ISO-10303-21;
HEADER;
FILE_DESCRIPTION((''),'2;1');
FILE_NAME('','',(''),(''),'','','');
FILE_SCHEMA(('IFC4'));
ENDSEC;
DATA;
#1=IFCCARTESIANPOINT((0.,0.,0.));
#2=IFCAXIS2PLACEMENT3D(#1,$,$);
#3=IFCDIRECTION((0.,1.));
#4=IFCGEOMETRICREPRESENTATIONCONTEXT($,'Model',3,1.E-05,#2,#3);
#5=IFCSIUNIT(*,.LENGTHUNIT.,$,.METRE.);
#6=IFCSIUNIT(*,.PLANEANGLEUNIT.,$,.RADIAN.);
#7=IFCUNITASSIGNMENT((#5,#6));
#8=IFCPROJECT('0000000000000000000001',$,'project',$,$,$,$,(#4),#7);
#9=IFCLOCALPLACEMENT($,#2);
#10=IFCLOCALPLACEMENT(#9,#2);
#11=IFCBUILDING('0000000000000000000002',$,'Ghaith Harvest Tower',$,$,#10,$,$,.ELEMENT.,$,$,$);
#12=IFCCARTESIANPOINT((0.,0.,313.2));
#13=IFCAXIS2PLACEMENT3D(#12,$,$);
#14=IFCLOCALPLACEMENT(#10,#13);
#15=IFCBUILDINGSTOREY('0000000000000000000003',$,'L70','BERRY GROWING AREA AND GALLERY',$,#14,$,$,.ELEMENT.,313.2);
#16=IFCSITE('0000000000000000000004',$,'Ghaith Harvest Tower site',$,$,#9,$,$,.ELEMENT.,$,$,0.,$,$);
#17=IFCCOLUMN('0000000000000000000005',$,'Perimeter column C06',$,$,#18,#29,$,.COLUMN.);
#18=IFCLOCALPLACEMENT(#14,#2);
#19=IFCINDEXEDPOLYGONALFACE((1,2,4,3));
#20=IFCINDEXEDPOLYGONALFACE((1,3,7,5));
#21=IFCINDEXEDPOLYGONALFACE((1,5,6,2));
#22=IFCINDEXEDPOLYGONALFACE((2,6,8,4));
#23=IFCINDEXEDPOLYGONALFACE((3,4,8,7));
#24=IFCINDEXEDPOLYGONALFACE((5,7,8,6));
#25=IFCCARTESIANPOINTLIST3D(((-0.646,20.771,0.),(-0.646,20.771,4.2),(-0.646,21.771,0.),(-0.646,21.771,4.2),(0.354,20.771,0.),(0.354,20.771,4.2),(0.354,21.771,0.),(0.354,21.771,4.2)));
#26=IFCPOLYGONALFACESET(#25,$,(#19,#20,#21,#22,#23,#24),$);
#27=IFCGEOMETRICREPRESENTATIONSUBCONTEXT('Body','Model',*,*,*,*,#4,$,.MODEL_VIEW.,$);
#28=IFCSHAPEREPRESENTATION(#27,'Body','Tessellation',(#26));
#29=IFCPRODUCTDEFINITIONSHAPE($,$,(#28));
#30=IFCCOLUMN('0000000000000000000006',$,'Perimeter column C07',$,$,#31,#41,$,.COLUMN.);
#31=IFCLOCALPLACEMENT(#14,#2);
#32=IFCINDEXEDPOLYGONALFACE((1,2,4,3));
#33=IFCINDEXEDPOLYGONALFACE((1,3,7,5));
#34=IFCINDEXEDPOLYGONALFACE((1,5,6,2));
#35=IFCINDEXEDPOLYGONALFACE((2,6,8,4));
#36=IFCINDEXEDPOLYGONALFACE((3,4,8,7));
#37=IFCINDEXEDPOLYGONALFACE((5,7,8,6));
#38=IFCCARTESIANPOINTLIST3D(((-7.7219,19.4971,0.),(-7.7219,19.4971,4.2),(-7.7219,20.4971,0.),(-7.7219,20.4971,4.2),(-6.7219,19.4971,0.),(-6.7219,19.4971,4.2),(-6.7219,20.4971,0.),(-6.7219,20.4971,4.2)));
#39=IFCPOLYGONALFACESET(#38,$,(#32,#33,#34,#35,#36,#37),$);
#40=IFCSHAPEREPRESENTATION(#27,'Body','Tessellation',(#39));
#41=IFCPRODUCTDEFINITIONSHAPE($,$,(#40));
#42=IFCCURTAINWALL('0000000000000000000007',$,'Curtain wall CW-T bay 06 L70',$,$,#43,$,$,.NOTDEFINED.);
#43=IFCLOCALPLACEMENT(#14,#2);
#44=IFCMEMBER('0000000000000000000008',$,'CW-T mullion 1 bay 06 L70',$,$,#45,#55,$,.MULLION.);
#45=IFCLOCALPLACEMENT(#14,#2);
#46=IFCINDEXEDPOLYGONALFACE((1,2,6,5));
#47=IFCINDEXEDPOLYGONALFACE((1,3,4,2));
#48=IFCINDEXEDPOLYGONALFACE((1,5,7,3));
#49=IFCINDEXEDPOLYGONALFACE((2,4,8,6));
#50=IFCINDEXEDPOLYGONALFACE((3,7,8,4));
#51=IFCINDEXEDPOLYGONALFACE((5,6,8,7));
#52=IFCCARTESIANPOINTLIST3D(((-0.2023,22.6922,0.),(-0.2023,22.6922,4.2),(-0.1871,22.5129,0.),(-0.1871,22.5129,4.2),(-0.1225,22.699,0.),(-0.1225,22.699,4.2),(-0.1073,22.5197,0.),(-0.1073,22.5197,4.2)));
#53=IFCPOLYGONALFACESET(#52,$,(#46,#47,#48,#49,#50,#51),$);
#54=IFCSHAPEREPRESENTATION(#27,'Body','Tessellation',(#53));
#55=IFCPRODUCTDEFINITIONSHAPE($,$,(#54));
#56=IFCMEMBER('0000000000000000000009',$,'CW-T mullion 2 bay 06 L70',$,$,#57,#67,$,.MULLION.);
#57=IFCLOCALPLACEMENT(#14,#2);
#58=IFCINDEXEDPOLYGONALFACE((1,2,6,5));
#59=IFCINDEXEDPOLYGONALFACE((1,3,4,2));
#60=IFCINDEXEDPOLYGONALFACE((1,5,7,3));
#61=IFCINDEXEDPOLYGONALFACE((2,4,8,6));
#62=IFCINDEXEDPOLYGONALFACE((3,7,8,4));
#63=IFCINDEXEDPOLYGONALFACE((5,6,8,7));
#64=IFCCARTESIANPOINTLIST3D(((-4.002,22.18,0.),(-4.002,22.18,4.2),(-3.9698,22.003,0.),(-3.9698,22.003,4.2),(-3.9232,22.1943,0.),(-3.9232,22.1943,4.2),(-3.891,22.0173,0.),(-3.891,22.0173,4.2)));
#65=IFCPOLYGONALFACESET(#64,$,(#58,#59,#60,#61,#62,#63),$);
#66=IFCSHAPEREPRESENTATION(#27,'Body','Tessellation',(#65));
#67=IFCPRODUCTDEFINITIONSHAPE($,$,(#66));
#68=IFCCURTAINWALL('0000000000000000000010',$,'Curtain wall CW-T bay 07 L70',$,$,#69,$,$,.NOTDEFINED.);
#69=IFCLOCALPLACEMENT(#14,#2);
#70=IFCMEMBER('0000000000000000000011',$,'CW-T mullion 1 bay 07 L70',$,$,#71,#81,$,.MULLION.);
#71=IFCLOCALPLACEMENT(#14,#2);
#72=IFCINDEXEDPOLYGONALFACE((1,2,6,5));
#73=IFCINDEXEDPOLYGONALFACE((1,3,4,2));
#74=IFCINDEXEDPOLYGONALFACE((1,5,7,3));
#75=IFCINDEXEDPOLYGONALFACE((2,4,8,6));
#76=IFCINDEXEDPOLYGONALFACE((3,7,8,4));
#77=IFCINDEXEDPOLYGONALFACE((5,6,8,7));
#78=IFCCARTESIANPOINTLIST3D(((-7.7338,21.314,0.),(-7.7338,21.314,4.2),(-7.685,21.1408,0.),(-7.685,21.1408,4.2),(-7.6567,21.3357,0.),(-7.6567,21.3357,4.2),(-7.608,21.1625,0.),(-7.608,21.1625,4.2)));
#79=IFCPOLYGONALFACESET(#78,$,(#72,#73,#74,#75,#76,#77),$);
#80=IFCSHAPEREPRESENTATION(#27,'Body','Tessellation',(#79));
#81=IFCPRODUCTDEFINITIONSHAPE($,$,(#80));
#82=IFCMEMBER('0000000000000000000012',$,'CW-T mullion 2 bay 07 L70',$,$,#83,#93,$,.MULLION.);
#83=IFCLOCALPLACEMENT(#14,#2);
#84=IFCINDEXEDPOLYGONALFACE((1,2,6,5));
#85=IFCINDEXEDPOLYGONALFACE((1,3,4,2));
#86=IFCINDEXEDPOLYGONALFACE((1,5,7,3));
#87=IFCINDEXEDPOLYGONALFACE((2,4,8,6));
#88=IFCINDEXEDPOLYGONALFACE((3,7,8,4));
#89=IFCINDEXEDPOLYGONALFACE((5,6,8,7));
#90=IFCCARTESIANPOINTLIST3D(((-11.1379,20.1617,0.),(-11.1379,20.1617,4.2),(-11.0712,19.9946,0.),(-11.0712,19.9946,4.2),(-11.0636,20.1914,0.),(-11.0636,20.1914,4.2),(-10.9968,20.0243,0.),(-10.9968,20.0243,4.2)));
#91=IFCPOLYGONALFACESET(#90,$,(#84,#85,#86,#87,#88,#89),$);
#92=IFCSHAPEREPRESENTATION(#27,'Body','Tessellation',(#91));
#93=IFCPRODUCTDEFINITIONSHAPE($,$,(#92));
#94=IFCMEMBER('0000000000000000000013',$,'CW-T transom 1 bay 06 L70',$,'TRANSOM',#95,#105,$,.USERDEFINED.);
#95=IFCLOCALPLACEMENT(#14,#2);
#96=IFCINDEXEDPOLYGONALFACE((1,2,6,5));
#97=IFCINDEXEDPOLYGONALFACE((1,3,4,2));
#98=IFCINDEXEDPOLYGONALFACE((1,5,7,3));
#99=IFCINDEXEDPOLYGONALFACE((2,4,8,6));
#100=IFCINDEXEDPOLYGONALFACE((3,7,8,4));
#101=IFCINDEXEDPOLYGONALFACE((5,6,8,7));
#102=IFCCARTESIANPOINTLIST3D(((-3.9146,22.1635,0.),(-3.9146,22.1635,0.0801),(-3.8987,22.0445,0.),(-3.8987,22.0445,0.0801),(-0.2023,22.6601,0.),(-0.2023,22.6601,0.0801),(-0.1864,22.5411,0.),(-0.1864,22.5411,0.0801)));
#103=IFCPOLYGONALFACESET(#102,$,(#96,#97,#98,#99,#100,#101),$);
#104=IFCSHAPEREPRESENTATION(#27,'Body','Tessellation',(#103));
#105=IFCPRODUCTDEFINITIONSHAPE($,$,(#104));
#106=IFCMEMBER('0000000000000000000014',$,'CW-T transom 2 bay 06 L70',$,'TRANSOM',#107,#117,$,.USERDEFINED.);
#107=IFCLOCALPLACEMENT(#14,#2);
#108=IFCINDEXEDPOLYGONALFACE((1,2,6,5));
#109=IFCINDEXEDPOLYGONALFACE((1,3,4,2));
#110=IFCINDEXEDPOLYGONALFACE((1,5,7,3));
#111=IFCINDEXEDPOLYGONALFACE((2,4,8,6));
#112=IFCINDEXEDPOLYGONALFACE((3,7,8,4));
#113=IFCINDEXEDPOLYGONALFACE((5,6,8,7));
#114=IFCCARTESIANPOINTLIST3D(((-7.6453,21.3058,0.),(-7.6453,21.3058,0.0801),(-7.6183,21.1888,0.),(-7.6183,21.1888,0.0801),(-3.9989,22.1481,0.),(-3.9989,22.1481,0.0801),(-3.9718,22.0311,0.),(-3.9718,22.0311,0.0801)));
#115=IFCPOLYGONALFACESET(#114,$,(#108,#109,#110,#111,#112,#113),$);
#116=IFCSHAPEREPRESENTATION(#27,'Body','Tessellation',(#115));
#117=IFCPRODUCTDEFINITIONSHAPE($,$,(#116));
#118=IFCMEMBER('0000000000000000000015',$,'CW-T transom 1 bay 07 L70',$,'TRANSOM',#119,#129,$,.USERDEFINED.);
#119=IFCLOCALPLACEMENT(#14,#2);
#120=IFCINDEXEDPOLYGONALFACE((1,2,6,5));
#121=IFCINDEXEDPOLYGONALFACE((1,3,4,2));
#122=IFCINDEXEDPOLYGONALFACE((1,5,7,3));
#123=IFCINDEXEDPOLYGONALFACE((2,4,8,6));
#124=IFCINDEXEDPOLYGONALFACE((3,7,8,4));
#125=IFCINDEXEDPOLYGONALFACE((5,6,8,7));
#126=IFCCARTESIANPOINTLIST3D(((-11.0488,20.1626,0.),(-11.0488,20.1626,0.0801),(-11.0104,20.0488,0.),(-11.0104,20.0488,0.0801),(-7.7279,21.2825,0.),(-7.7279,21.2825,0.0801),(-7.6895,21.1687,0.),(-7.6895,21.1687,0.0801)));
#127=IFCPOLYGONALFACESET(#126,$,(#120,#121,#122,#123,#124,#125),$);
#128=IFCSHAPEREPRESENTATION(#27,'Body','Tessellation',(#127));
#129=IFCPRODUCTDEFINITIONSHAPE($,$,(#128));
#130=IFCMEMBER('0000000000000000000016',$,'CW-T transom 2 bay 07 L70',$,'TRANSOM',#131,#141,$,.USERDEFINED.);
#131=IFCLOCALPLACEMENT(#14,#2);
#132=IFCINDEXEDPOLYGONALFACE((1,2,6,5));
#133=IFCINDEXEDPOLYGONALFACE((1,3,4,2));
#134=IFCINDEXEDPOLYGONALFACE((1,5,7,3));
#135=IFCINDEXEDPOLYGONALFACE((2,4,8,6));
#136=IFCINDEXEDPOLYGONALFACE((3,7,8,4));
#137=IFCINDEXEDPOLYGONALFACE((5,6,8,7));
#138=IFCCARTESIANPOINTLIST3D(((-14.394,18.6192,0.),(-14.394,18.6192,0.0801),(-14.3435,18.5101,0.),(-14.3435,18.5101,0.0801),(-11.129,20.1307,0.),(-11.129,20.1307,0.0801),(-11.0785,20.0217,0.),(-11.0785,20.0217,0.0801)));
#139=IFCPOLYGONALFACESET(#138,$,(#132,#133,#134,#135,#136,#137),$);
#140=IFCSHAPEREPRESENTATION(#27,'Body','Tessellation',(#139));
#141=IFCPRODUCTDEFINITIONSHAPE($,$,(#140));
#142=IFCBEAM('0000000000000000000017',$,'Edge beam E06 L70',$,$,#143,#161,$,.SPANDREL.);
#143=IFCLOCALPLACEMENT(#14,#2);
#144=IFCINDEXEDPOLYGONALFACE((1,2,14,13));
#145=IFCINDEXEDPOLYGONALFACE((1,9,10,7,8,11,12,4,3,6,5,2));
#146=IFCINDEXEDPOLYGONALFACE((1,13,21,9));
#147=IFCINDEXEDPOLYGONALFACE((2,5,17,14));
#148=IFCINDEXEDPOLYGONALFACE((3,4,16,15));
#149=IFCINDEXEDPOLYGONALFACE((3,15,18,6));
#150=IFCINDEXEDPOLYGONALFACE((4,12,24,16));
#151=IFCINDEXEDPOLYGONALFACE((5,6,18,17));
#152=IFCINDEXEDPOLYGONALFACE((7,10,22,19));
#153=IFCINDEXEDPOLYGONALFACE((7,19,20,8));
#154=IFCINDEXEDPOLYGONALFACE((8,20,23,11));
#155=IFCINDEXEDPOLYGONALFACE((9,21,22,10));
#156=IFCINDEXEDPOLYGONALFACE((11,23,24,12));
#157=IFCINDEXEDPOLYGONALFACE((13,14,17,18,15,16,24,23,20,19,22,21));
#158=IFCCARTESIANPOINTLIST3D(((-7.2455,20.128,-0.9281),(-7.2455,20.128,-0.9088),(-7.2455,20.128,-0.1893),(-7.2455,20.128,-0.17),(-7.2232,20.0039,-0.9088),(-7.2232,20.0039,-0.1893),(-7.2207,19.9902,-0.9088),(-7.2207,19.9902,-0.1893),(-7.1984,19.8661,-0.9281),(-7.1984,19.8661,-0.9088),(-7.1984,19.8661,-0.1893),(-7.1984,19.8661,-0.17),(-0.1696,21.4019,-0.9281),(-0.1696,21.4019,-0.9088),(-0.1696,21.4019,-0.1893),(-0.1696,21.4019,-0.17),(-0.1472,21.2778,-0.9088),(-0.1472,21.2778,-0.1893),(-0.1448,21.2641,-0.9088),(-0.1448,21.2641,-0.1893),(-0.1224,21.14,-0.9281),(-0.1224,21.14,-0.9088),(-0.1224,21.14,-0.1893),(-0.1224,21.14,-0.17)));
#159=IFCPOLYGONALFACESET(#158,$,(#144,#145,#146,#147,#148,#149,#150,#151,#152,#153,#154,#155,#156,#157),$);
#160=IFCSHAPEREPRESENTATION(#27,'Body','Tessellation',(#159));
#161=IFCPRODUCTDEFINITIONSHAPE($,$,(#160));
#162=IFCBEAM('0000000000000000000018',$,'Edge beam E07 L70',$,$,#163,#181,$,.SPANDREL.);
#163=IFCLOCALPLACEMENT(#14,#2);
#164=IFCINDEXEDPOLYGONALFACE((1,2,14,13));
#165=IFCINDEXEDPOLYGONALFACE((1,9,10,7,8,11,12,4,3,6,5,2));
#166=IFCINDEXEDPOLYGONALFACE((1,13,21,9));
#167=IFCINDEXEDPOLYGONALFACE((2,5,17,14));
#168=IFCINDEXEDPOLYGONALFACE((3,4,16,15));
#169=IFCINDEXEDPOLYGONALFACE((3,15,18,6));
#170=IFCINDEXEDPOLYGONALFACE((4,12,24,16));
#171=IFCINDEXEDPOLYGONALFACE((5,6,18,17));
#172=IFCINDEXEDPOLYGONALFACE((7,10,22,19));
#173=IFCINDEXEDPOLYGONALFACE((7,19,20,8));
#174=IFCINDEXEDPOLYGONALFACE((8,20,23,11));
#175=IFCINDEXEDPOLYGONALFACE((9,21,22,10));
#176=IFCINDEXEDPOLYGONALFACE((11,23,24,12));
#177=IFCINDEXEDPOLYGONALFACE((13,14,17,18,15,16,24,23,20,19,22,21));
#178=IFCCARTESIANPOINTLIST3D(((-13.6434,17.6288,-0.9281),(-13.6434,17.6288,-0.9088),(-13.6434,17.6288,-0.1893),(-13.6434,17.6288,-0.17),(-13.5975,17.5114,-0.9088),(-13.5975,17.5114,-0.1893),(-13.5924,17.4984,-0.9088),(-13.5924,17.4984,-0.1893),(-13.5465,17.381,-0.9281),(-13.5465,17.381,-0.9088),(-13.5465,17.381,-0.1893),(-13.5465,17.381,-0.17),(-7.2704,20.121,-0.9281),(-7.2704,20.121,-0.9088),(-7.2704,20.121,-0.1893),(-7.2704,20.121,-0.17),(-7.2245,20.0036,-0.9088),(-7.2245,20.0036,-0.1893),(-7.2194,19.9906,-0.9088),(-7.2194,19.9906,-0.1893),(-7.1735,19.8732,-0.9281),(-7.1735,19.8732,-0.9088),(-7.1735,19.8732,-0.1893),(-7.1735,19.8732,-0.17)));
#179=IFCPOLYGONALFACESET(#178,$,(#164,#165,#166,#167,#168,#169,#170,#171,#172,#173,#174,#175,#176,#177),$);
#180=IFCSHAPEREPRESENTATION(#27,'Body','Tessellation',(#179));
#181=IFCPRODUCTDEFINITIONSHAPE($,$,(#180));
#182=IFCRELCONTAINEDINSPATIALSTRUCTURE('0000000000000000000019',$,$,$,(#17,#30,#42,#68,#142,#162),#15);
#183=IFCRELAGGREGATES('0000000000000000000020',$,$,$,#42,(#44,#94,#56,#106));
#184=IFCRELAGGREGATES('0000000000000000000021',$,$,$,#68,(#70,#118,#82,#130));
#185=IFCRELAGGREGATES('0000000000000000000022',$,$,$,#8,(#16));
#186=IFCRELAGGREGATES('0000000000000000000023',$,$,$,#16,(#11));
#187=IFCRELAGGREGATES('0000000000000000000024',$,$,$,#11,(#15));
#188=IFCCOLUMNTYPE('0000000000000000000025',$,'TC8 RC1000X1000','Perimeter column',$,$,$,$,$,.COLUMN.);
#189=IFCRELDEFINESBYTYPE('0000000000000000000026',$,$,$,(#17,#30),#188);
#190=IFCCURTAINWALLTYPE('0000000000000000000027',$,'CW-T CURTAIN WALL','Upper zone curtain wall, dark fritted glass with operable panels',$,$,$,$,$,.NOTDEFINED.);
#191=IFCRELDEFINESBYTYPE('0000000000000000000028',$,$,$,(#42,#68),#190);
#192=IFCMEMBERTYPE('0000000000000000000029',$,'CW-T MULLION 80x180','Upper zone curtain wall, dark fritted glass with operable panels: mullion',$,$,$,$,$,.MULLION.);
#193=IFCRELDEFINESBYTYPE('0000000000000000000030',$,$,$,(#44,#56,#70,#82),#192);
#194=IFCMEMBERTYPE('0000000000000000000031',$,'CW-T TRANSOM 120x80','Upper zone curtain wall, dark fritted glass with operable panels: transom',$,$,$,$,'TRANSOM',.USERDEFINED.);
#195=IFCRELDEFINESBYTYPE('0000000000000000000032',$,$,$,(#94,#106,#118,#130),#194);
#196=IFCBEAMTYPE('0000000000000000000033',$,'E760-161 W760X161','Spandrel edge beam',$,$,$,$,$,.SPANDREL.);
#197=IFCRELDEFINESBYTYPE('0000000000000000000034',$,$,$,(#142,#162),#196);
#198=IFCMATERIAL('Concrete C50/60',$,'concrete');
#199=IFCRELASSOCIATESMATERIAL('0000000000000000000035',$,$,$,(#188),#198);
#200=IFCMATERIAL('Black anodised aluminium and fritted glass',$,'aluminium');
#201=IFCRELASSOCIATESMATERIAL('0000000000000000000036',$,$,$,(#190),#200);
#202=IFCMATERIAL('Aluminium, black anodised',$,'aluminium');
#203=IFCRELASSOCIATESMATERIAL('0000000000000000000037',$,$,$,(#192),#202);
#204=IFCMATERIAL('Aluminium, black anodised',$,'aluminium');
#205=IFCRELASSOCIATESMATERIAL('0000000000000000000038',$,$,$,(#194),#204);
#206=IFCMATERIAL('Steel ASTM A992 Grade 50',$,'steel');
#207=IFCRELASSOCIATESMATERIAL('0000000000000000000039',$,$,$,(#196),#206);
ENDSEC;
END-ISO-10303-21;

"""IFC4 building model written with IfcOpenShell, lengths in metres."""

from ifc_helpers import new_model, si_unit, direction, frame, origin, origin_2d, place, context, subcontext, project, spatial, rectangle, i_section, extrude, material, material_profile, profile_set, type_object, element, aggregate, save


model = new_model("IFC4")

# Units and contexts
model_context = context("Model", 3, precision=1e-05, world=origin(), true_north=direction((0.0, 1.0)))
body_context = subcontext(model_context, "Body", "Model", "MODEL_VIEW")
ifc_project = project(units=[si_unit("LENGTHUNIT", "METRE"), si_unit("PLANEANGLEUNIT", "RADIAN")], contexts=[model_context])

# Site, building, storey
site_placement = place(None, origin())
site = spatial("IfcSite", under=ifc_project, at=site_placement, Name="Ghaith Harvest Tower site", CompositionType="ELEMENT", RefElevation=0.0)
building_placement = place(site_placement, origin())
building = spatial("IfcBuilding", under=site, at=building_placement, Name="Ghaith Harvest Tower", CompositionType="ELEMENT")
storey_placement = place(building_placement, frame((0.0, 0.0, 313.2)))
storey = spatial("IfcBuildingStorey", under=building, at=storey_placement, Name="L70", Description="BERRY GROWING AREA AND GALLERY", CompositionType="ELEMENT", Elevation=313.2)

# Columns
ifc_material_1 = material(Name="Concrete C50/60", Category="concrete")
ifc_material_profile_1 = material_profile(ifc_material_1, rectangle(XDim=1.0, YDim=1.0, at=origin_2d()), Name="RC1000X1000")
ifc_profile_set_1 = profile_set([ifc_material_profile_1], Name="Concrete C50/60")
column_type = type_object("IfcColumnType", Name="TC8 RC1000X1000", Description="Perimeter column", PredefinedType="COLUMN", material=ifc_profile_set_1)
for number, where, z_axis, x_axis, name in (
    (1, (-0.146, 21.271, 0.0), (0.0, 0.0, 1.0), (1.0, 0.0, 0.0), "Perimeter column C06"),
    (2, (-7.2219, 19.9971, 0.0), (0.0, 0.0, 1.0), (1.0, 0.0, 0.0), "Perimeter column C07"),
):
    element("IfcColumn", number, at=place(storey_placement, frame(where, z_axis=z_axis, x_axis=x_axis)), inside=storey, type_object=column_type, Name=name, PredefinedType="COLUMN", context=body_context, shape_type="SweptSolid", body=[
        extrude(rectangle(XDim=1.0, YDim=1.0, at=origin_2d()), origin(), (0.0, 0.0, 1.0), 4.2),
    ])

# Curtain walls, members
ifc_material_2 = material(Name="Black anodised aluminium and fritted glass", Category="aluminium")
curtain_wall_type = type_object("IfcCurtainWallType", Name="CW-T CURTAIN WALL", Description="Upper zone curtain wall, dark fritted glass with operable panels", PredefinedType="NOTDEFINED", material=ifc_material_2)
curtain_wall_1_placement = place(storey_placement, origin())
curtain_wall_1 = element("IfcCurtainWall", 3, at=curtain_wall_1_placement, inside=storey, type_object=curtain_wall_type, Name="Curtain wall CW-T bay 06 L70", PredefinedType="NOTDEFINED")
ifc_material_3 = material(Name="Aluminium, black anodised", Category="aluminium")
ifc_material_profile_2 = material_profile(ifc_material_3, rectangle(XDim=0.0801, YDim=0.1799, at=origin_2d()), Name="CW-T MULLION 80x180")
ifc_profile_set_2 = profile_set([ifc_material_profile_2], Name="Aluminium, black anodised")
member_type_1 = type_object("IfcMemberType", Name="CW-T MULLION 80x180", Description="Upper zone curtain wall, dark fritted glass with operable panels: mullion", PredefinedType="MULLION", material=ifc_profile_set_2)
member_1_placement = place(storey_placement, frame((-0.1548, 22.606, 0.0), z_axis=(0.0, 0.0, 1.0), x_axis=(-0.996415, -0.084602, 0.0)))
member_1 = element("IfcMember", 4, at=member_1_placement, type_object=member_type_1, Name="CW-T mullion 1 bay 06 L70", PredefinedType="MULLION", context=body_context, shape_type="SweptSolid", body=[
    extrude(rectangle(XDim=0.0801, YDim=0.1799, at=origin_2d()), origin(), (0.0, 0.0, 1.0), 4.2),
])
member_2_placement = place(storey_placement, frame((-3.9465, 22.0986, 0.0), z_axis=(0.0, 0.0, 1.0), x_axis=(-0.983843, -0.179031, 0.0)))
member_2 = element("IfcMember", 5, at=member_2_placement, type_object=member_type_1, Name="CW-T mullion 2 bay 06 L70", PredefinedType="MULLION", context=body_context, shape_type="SweptSolid", body=[
    extrude(rectangle(XDim=0.0801, YDim=0.1799, at=origin_2d()), origin(), (0.0, 0.0, 1.0), 4.2),
])
curtain_wall_2_placement = place(storey_placement, origin())
curtain_wall_2 = element("IfcCurtainWall", 6, at=curtain_wall_2_placement, inside=storey, type_object=curtain_wall_type, Name="Curtain wall CW-T bay 07 L70", PredefinedType="NOTDEFINED")
member_3_placement = place(storey_placement, frame((-7.6709, 21.2383, 0.0), z_axis=(0.0, 0.0, 1.0), x_axis=(-0.962552, -0.271095, 0.0)))
member_3 = element("IfcMember", 7, at=member_3_placement, type_object=member_type_1, Name="CW-T mullion 1 bay 07 L70", PredefinedType="MULLION", context=body_context, shape_type="SweptSolid", body=[
    extrude(rectangle(XDim=0.0801, YDim=0.1799, at=origin_2d()), origin(), (0.0, 0.0, 1.0), 4.2),
])
member_4_placement = place(storey_placement, frame((-11.0674, 20.093, 0.0), z_axis=(0.0, 0.0, 1.0), x_axis=(-0.928624, -0.371021, 0.0)))
member_4 = element("IfcMember", 8, at=member_4_placement, type_object=member_type_1, Name="CW-T mullion 2 bay 07 L70", PredefinedType="MULLION", context=body_context, shape_type="SweptSolid", body=[
    extrude(rectangle(XDim=0.0801, YDim=0.1799, at=origin_2d()), origin(), (0.0, 0.0, 1.0), 4.2),
])

# Members
ifc_material_4 = material(Name="Aluminium, black anodised", Category="aluminium")
ifc_material_profile_3 = material_profile(ifc_material_4, rectangle(XDim=0.1201, YDim=0.0801, at=origin_2d()), Name="CW-T TRANSOM 120x80")
ifc_profile_set_3 = profile_set([ifc_material_profile_3], Name="Aluminium, black anodised")
member_type_2 = type_object("IfcMemberType", Name="CW-T TRANSOM 120x80", Description="Upper zone curtain wall, dark fritted glass with operable panels: transom", ElementType="TRANSOM", PredefinedType="USERDEFINED", material=ifc_profile_set_3)
member_5_placement = place(storey_placement, frame((-0.1943, 22.6006, 0.04), z_axis=(-0.991172, -0.132582, 0.0), x_axis=(0.132582, -0.991172, 0.0)))
member_5 = element("IfcMember", 9, at=member_5_placement, type_object=member_type_2, Name="CW-T transom 1 bay 06 L70", ObjectType="TRANSOM", PredefinedType="USERDEFINED", context=body_context, shape_type="SweptSolid", body=[
    extrude(rectangle(XDim=0.1201, YDim=0.0801, at=origin_2d()), origin(), (0.0, 0.0, 1.0), 3.7454),
])
member_6_placement = place(storey_placement, frame((-3.9854, 22.0896, 0.04), z_axis=(-0.974345, -0.22506, 0.0), x_axis=(0.22506, -0.974345, 0.0)))
member_6 = element("IfcMember", 10, at=member_6_placement, type_object=member_type_2, Name="CW-T transom 2 bay 06 L70", ObjectType="TRANSOM", PredefinedType="USERDEFINED", context=body_context, shape_type="SweptSolid", body=[
    extrude(rectangle(XDim=0.1201, YDim=0.0801, at=origin_2d()), origin(), (0.0, 0.0, 1.0), 3.7424),
])
member_7_placement = place(storey_placement, frame((-7.7087, 21.2256, 0.04), z_axis=(-0.94757, -0.319549, 0.0), x_axis=(0.319549, -0.94757, 0.0)))
member_7 = element("IfcMember", 11, at=member_7_placement, type_object=member_type_2, Name="CW-T transom 1 bay 07 L70", ObjectType="TRANSOM", PredefinedType="USERDEFINED", context=body_context, shape_type="SweptSolid", body=[
    extrude(rectangle(XDim=0.1201, YDim=0.0801, at=origin_2d()), origin(), (0.0, 0.0, 1.0), 3.5046),
])
member_8_placement = place(storey_placement, frame((-11.1038, 20.0762, 0.04), z_axis=(-0.907472, -0.420112, 0.0), x_axis=(0.420112, -0.907472, 0.0)))
member_8 = element("IfcMember", 12, at=member_8_placement, type_object=member_type_2, Name="CW-T transom 2 bay 07 L70", ObjectType="TRANSOM", PredefinedType="USERDEFINED", context=body_context, shape_type="SweptSolid", body=[
    extrude(rectangle(XDim=0.1201, YDim=0.0801, at=origin_2d()), origin(), (0.0, 0.0, 1.0), 3.5979),
])

# Beams
ifc_material_5 = material(Name="Steel ASTM A992 Grade 50", Category="steel")
ifc_material_profile_4 = material_profile(ifc_material_5, i_section(OverallWidth=0.2661, OverallDepth=0.7581, WebThickness=0.0139, FlangeThickness=0.0193, at=origin_2d()), Name="W760X161")
ifc_profile_set_4 = profile_set([ifc_material_profile_4], Name="Steel ASTM A992 Grade 50")
beam_type = type_object("IfcBeamType", Name="E760-161 W760X161", Description="Spandrel edge beam", PredefinedType="SPANDREL", material=ifc_profile_set_4)
beam_1_placement = place(storey_placement, frame((-0.146, 21.271, -0.5491), z_axis=(-0.984177, -0.177188, 0.0), x_axis=(0.177188, -0.984177, 0.0)))
element("IfcBeam", 13, at=beam_1_placement, inside=storey, type_object=beam_type, Name="Edge beam E06 L70", PredefinedType="SPANDREL", context=body_context, shape_type="SweptSolid", body=[
    extrude(i_section(OverallWidth=0.2661, OverallDepth=0.7581, WebThickness=0.0139, FlangeThickness=0.0193, at=origin_2d()), origin(), (0.0, 0.0, 1.0), 7.1897),
])
beam_2_placement = place(storey_placement, frame((-7.2219, 19.9971, -0.5491), z_axis=(-0.931323, -0.364195, 0.0), x_axis=(0.364195, -0.931323, 0.0)))
element("IfcBeam", 14, at=beam_2_placement, inside=storey, type_object=beam_type, Name="Edge beam E07 L70", PredefinedType="SPANDREL", context=body_context, shape_type="SweptSolid", body=[
    extrude(i_section(OverallWidth=0.2661, OverallDepth=0.7581, WebThickness=0.0139, FlangeThickness=0.0193, at=origin_2d()), origin(), (0.0, 0.0, 1.0), 6.843),
])

aggregate(curtain_wall_1, [member_1, member_5, member_2, member_6])
aggregate(curtain_wall_2, [member_3, member_7, member_4, member_8])

save(model, "model.ifc")
